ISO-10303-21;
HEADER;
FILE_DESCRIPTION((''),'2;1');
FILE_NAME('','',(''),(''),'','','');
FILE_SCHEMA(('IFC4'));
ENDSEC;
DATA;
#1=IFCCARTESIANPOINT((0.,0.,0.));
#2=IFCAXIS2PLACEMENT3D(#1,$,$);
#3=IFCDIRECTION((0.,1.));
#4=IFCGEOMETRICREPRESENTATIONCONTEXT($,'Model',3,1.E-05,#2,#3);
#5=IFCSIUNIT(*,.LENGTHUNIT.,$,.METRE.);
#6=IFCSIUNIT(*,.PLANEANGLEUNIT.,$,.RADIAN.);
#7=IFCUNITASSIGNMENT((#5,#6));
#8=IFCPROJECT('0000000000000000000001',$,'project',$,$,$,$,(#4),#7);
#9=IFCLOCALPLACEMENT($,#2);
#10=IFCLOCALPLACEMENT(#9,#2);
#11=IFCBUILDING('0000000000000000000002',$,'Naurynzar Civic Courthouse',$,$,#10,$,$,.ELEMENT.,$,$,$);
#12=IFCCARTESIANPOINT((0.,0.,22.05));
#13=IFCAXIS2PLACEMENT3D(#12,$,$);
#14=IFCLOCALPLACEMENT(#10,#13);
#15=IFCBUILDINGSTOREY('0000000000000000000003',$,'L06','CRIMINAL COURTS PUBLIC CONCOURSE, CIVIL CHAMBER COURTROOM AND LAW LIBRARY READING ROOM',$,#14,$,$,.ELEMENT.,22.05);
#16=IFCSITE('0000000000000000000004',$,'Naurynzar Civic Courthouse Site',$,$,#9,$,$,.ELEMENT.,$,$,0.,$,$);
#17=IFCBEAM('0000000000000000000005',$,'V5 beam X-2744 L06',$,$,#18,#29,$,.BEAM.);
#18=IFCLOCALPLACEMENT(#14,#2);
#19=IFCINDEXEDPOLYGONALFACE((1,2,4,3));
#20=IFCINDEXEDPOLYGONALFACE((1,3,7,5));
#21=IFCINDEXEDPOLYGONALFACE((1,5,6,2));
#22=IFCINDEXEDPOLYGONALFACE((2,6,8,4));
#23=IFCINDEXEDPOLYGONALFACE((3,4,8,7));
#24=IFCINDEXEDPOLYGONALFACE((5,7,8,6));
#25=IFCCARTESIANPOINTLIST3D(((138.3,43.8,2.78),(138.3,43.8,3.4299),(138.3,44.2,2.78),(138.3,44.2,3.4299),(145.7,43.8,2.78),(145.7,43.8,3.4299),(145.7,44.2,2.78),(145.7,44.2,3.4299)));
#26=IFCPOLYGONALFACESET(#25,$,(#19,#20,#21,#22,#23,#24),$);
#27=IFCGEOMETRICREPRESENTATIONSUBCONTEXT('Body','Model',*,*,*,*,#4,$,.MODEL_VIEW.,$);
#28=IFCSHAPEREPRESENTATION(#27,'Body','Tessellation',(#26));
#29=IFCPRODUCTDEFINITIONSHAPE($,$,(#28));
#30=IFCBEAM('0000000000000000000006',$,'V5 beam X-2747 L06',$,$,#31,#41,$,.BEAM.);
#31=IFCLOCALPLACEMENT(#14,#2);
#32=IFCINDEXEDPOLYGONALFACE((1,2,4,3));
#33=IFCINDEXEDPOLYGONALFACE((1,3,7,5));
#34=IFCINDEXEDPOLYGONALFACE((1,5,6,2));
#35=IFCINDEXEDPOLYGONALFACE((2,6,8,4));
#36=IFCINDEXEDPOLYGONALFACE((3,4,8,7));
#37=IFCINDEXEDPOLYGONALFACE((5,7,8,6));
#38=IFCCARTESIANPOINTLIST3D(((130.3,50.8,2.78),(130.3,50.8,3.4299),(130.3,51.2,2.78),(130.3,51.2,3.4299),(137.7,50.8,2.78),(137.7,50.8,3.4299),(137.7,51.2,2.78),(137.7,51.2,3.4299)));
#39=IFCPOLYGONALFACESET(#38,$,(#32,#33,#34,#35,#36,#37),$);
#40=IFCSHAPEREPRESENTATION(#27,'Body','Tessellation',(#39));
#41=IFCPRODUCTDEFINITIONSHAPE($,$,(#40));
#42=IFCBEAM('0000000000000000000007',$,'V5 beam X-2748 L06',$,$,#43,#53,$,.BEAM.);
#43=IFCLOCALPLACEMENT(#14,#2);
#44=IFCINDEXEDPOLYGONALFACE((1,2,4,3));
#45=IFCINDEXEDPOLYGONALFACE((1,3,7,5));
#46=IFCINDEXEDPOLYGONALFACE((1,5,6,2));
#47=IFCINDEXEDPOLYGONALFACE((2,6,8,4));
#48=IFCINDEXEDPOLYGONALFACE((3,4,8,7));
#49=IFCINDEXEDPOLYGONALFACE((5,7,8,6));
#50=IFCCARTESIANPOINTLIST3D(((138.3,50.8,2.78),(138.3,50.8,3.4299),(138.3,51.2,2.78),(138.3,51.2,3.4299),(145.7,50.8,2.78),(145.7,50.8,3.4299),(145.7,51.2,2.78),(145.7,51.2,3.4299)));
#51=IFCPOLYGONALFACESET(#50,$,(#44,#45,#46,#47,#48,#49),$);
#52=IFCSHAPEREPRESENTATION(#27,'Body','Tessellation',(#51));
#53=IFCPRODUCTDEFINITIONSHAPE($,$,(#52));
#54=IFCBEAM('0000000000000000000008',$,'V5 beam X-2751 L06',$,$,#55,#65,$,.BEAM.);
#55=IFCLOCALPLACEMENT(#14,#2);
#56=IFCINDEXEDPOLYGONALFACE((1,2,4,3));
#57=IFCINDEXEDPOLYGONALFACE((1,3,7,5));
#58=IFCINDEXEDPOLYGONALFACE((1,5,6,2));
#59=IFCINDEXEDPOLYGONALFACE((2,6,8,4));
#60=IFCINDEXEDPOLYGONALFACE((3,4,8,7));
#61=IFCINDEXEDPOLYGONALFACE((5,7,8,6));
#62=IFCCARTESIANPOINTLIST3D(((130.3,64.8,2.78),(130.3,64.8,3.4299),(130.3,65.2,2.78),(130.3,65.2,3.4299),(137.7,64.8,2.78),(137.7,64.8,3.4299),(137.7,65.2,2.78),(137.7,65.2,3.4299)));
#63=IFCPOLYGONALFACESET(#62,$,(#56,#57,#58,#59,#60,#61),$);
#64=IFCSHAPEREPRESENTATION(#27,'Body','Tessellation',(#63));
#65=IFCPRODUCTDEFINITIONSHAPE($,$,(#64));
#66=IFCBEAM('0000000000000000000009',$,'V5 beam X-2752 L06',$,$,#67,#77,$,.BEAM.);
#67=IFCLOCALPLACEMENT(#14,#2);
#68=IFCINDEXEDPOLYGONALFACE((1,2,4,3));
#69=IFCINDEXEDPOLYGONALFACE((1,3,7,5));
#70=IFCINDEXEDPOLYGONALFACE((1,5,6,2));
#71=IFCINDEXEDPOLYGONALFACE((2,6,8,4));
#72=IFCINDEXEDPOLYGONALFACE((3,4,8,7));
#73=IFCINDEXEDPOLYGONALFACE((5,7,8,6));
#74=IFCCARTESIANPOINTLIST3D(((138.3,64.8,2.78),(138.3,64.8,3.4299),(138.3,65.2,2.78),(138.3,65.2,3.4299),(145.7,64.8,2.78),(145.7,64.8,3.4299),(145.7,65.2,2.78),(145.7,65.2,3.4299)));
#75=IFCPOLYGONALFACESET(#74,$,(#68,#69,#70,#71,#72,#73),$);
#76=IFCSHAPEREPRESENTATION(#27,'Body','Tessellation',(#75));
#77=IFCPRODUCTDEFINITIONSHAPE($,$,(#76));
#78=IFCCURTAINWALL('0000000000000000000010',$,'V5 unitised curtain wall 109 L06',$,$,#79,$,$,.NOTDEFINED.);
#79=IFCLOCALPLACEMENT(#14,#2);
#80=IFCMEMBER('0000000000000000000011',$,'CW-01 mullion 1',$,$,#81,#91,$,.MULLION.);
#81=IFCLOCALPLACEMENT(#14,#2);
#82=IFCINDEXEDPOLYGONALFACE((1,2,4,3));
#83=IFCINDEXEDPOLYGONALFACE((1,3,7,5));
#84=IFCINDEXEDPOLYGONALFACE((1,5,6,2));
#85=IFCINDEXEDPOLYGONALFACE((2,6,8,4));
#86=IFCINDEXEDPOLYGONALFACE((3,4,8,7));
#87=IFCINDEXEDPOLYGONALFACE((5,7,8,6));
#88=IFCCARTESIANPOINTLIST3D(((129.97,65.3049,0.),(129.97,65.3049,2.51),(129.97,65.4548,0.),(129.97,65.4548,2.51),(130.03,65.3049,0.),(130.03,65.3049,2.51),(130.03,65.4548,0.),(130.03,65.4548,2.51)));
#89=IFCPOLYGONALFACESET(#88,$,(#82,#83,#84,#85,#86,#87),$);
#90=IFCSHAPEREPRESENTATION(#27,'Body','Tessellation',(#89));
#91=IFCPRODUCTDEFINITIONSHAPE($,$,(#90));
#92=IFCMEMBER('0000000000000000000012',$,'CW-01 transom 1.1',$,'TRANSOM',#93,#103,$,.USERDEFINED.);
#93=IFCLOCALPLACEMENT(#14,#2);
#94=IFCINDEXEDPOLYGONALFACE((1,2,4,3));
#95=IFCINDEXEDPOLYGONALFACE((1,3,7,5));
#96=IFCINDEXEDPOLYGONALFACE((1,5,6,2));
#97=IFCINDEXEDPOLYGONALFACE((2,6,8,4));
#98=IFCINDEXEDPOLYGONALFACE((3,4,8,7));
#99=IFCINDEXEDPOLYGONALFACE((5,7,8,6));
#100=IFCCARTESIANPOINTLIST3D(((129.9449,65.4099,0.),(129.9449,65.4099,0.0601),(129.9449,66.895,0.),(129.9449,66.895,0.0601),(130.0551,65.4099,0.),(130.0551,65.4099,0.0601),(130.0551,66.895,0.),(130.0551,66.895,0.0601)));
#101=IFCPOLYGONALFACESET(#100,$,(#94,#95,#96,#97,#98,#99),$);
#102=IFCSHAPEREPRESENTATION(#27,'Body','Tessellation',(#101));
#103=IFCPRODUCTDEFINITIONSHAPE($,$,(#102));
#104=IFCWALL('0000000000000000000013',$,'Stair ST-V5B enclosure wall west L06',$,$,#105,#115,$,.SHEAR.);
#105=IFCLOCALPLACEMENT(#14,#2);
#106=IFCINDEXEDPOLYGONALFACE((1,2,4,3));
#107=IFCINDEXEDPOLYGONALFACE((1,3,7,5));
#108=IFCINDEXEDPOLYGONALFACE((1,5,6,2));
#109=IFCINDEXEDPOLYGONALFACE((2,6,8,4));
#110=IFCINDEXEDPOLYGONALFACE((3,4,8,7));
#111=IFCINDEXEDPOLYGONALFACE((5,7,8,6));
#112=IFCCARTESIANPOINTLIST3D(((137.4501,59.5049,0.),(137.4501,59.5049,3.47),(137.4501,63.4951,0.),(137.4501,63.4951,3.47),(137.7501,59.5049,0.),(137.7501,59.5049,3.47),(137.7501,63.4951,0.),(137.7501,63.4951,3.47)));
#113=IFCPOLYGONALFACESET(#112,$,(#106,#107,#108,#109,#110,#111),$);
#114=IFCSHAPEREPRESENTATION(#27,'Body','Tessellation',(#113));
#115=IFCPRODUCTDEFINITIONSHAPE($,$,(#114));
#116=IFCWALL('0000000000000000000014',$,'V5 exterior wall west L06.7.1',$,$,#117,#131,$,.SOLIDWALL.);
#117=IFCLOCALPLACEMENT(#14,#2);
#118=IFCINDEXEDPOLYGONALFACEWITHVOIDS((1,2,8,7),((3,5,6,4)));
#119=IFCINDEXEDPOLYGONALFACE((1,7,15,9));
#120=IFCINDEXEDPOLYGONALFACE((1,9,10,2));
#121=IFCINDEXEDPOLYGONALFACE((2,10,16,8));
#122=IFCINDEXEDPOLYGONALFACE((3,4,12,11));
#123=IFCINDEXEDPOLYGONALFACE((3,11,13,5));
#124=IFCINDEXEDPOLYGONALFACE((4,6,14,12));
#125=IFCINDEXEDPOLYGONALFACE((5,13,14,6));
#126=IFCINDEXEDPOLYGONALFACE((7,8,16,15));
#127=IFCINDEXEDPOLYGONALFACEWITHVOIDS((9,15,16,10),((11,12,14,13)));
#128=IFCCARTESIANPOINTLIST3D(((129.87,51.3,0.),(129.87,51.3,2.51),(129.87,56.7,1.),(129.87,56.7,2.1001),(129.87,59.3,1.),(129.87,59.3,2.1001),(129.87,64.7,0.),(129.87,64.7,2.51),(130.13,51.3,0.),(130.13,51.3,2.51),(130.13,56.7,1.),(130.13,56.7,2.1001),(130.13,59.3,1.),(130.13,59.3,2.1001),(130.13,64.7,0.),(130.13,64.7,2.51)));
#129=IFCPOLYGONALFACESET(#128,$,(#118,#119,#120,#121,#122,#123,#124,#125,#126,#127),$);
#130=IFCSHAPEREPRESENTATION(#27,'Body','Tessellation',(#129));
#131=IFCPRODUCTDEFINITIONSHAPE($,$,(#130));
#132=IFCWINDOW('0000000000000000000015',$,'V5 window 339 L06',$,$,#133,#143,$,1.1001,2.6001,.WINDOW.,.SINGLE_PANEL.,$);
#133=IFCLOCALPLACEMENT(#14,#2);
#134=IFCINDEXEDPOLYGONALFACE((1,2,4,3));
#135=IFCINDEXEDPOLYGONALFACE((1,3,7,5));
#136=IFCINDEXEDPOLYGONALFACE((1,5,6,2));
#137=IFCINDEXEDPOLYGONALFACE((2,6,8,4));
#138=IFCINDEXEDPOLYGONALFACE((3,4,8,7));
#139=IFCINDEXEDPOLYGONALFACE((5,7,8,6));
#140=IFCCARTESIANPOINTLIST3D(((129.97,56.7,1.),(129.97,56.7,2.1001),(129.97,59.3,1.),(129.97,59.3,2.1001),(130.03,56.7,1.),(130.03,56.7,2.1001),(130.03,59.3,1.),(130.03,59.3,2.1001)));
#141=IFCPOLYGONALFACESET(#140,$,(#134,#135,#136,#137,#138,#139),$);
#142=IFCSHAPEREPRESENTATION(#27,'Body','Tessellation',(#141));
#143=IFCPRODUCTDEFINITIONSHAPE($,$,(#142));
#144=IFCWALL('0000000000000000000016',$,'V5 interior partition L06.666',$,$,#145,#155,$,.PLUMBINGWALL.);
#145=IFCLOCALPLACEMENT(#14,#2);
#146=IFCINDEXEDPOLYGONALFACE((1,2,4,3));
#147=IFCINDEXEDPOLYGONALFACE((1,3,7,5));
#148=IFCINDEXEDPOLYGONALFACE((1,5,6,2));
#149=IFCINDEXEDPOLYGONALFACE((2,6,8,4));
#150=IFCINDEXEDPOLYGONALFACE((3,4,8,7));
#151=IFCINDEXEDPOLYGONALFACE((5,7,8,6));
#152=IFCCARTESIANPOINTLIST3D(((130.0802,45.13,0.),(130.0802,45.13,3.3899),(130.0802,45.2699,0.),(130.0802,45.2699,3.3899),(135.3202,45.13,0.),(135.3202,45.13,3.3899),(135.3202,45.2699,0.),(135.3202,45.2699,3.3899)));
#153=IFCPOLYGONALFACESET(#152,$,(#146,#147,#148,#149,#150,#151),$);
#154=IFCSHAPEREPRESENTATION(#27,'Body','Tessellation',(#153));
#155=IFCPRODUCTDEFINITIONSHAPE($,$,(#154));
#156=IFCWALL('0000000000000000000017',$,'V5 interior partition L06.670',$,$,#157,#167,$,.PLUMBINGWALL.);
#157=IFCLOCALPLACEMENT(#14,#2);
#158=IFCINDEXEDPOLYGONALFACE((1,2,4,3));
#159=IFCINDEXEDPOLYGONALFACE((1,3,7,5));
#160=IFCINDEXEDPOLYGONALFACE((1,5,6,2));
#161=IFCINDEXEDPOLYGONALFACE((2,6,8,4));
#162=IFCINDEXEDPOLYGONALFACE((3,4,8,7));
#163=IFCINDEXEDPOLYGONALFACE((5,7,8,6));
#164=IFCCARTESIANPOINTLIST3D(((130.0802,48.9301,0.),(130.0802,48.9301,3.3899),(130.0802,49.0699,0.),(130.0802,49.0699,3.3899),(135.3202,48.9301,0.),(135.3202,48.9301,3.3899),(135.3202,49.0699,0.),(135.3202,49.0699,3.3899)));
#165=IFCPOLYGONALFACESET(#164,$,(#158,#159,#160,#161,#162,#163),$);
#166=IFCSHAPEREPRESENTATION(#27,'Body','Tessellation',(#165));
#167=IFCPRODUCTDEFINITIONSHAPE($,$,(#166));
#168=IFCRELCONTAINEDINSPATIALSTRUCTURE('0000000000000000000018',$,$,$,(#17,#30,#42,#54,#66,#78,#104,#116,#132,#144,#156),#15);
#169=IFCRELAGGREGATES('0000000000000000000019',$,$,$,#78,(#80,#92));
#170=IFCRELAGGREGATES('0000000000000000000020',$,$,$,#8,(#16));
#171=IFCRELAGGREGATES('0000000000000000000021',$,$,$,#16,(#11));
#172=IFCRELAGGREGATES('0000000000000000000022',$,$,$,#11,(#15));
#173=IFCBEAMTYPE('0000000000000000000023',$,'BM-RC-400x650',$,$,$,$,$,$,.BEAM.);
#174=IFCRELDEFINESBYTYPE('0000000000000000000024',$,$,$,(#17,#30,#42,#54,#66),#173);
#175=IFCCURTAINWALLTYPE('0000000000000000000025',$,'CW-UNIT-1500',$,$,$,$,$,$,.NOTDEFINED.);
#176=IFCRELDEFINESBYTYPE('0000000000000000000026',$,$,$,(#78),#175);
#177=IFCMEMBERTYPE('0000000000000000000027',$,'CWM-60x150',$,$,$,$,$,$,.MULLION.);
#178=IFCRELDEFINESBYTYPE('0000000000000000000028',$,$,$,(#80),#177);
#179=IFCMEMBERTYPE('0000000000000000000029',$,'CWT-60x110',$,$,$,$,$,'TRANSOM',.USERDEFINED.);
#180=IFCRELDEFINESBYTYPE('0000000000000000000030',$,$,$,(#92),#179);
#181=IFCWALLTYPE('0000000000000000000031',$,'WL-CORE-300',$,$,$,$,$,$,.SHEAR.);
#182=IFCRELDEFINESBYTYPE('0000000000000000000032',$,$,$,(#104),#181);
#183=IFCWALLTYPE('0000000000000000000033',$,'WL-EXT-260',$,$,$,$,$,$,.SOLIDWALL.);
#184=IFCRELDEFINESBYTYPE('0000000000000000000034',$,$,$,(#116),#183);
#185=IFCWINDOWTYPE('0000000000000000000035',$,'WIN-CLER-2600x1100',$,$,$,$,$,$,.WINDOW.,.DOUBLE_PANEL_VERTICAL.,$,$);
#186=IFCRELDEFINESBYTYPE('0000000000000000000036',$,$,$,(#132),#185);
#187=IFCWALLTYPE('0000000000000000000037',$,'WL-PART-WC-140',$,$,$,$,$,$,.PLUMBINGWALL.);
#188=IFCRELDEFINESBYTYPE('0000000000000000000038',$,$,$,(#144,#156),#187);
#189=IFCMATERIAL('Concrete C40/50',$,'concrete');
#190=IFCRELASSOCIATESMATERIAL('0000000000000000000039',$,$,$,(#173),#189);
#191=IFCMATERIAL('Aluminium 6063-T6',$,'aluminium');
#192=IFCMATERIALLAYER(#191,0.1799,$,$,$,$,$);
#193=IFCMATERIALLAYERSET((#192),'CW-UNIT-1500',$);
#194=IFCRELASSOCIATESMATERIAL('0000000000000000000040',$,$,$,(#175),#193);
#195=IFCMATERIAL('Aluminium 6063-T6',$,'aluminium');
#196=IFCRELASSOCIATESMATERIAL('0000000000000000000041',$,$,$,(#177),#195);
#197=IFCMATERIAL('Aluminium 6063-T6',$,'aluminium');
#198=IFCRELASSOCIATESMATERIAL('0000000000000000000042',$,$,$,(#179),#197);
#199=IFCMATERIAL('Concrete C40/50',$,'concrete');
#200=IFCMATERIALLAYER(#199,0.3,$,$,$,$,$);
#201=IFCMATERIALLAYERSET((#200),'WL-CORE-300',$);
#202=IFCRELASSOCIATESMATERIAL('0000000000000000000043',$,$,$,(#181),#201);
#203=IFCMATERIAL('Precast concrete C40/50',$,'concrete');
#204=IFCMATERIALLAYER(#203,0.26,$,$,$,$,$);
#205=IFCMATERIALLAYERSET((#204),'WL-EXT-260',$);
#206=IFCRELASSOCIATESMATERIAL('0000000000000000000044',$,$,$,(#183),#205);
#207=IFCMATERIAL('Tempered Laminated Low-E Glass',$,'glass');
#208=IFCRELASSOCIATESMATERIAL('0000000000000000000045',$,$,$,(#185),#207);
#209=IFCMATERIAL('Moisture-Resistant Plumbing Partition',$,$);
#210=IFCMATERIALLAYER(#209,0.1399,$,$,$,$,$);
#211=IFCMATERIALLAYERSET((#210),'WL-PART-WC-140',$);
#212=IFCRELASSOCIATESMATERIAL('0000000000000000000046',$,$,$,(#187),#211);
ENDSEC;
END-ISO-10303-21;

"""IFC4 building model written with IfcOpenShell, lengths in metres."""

from ifc_helpers import new_model, si_unit, direction, frame, frame_2d, origin, origin_2d, place, context, subcontext, project, spatial, rectangle, extrude, material, layer, layer_set, material_profile, profile_set, type_object, element, fill, aggregate, save


model = new_model("IFC4")

# Units and contexts
model_context = context("Model", 3, precision=1e-05, world=origin(), true_north=direction((0.0, 1.0)))
body_context = subcontext(model_context, "Body", "Model", "MODEL_VIEW")
ifc_project = project(units=[si_unit("LENGTHUNIT", "METRE"), si_unit("PLANEANGLEUNIT", "RADIAN")], contexts=[model_context])

# Site, building, storey
site_placement = place(None, origin())
site = spatial("IfcSite", under=ifc_project, at=site_placement, Name="Naurynzar Civic Courthouse Site", CompositionType="ELEMENT", RefElevation=0.0)
building_placement = place(site_placement, origin())
building = spatial("IfcBuilding", under=site, at=building_placement, Name="Naurynzar Civic Courthouse", CompositionType="ELEMENT")
storey_placement = place(building_placement, frame((0.0, 0.0, 22.05)))
storey = spatial("IfcBuildingStorey", under=building, at=storey_placement, Name="L06", Description="CRIMINAL COURTS PUBLIC CONCOURSE, CIVIL CHAMBER COURTROOM AND LAW LIBRARY READING ROOM", CompositionType="ELEMENT", Elevation=22.05)

# Beams
ifc_material_1 = material(Name="Concrete C40/50", Category="concrete")
ifc_material_profile_1 = material_profile(ifc_material_1, rectangle(XDim=0.3999, YDim=0.6499, at=origin_2d()), Name="RCB 400x650")
ifc_profile_set_1 = profile_set([ifc_material_profile_1], Name="Concrete C40/50")
beam_type_1 = type_object("IfcBeamType", Name="BM-RC-400x650", PredefinedType="BEAM", material=ifc_profile_set_1)
for number, where, z_axis, x_axis, name in (
    (1, (138.3, 44.0, 3.105), (1.0, 0.0, 0.0), (0.0, 1.0, 0.0), "V5 beam X-2744 L06"),
    (2, (130.3, 51.0, 3.105), (1.0, 0.0, 0.0), (0.0, 1.0, 0.0), "V5 beam X-2747 L06"),
    (3, (138.3, 51.0, 3.105), (1.0, 0.0, 0.0), (0.0, 1.0, 0.0), "V5 beam X-2748 L06"),
    (4, (130.3, 65.0, 3.105), (1.0, 0.0, 0.0), (0.0, 1.0, 0.0), "V5 beam X-2751 L06"),
    (5, (138.3, 65.0, 3.105), (1.0, 0.0, 0.0), (0.0, 1.0, 0.0), "V5 beam X-2752 L06"),
):
    element("IfcBeam", number, at=place(storey_placement, frame(where, z_axis=z_axis, x_axis=x_axis)), inside=storey, type_object=beam_type_1, Name=name, PredefinedType="BEAM", context=body_context, shape_type="SweptSolid", body=[
        extrude(rectangle(XDim=0.3999, YDim=0.6499, at=origin_2d()), origin(), (0.0, 0.0, 1.0), 7.3999),
    ])

# Curtain wall, members
ifc_material_2 = material(Name="Aluminium 6063-T6", Category="aluminium")
ifc_layer_1 = layer(ifc_material_2, 0.1799)
ifc_layer_set_1 = layer_set([ifc_layer_1], Name="CW-UNIT-1500")
curtain_wall_type = type_object("IfcCurtainWallType", Name="CW-UNIT-1500", PredefinedType="NOTDEFINED", material=ifc_layer_set_1)
curtain_wall_placement = place(storey_placement, origin())
curtain_wall = element("IfcCurtainWall", 6, at=curtain_wall_placement, inside=storey, type_object=curtain_wall_type, Name="V5 unitised curtain wall 109 L06", PredefinedType="NOTDEFINED")
ifc_material_3 = material(Name="Aluminium 6063-T6", Category="aluminium")
ifc_material_profile_2 = material_profile(ifc_material_3, rectangle(XDim=0.0601, YDim=0.1499, at=origin_2d()), Name="ALU MULLION 60x150")
ifc_profile_set_2 = profile_set([ifc_material_profile_2], Name="Aluminium 6063-T6")
member_type_1 = type_object("IfcMemberType", Name="CWM-60x150", PredefinedType="MULLION", material=ifc_profile_set_2)
member_1_placement = place(storey_placement, frame((130.0, 65.3799, 0.0), z_axis=(0.0, 0.0, 1.0), x_axis=(-1.0, 0.0, 0.0)))
member_1 = element("IfcMember", 7, at=member_1_placement, type_object=member_type_1, Name="CW-01 mullion 1", PredefinedType="MULLION", context=body_context, shape_type="SweptSolid", body=[
    extrude(rectangle(XDim=0.0601, YDim=0.1499, at=origin_2d()), origin(), (0.0, 0.0, 1.0), 2.51),
])
ifc_material_4 = material(Name="Aluminium 6063-T6", Category="aluminium")
ifc_material_profile_3 = material_profile(ifc_material_4, rectangle(XDim=0.1101, YDim=0.0601, at=origin_2d()), Name="ALU TRANSOM 60x110")
ifc_profile_set_3 = profile_set([ifc_material_profile_3], Name="Aluminium 6063-T6")
member_type_2 = type_object("IfcMemberType", Name="CWT-60x110", ElementType="TRANSOM", PredefinedType="USERDEFINED", material=ifc_profile_set_3)
member_2_placement = place(storey_placement, frame((130.0, 65.4099, 0.03), z_axis=(0.0, 1.0, 0.0), x_axis=(-1.0, 0.0, 0.0)))
member_2 = element("IfcMember", 8, at=member_2_placement, type_object=member_type_2, Name="CW-01 transom 1.1", ObjectType="TRANSOM", PredefinedType="USERDEFINED", context=body_context, shape_type="SweptSolid", body=[
    extrude(rectangle(XDim=0.1101, YDim=0.0601, at=origin_2d()), origin(), (0.0, 0.0, 1.0), 1.4851),
])
aggregate(curtain_wall, [member_1, member_2])

# Shared definitions
ifc_material_5 = material(Name="Concrete C40/50", Category="concrete")
ifc_layer_2 = layer(ifc_material_5, 0.3)
ifc_layer_set_2 = layer_set([ifc_layer_2], Name="WL-CORE-300")
wall_type_1 = type_object("IfcWallType", Name="WL-CORE-300", PredefinedType="SHEAR", material=ifc_layer_set_2)

# Wall
wall_1_placement = place(storey_placement, frame((137.6001, 63.4951, 0.0), z_axis=(0.0, 0.0, 1.0), x_axis=(0.0, -1.0, 0.0)))
element("IfcWall", 9, at=wall_1_placement, inside=storey, type_object=wall_type_1, Name="Stair ST-V5B enclosure wall west L06", PredefinedType="SHEAR", context=body_context, shape_type="SweptSolid", body=[
    extrude(rectangle(XDim=3.9902, YDim=0.3, at=frame_2d((1.9951, 0.0))), origin(), (0.0, 0.0, 1.0), 3.47),
])

# Wall, opening, window
ifc_material_6 = material(Name="Precast concrete C40/50", Category="concrete")
ifc_layer_3 = layer(ifc_material_6, 0.26)
ifc_layer_set_3 = layer_set([ifc_layer_3], Name="WL-EXT-260")
wall_type_2 = type_object("IfcWallType", Name="WL-EXT-260", PredefinedType="SOLIDWALL", material=ifc_layer_set_3)
wall_2_placement = place(storey_placement, frame((130.0, 51.3, 0.0), z_axis=(0.0, 0.0, 1.0), x_axis=(0.0, 1.0, 0.0)))
wall_2 = element("IfcWall", 10, at=wall_2_placement, inside=storey, type_object=wall_type_2, Name="V5 exterior wall west L06.7.1", PredefinedType="SOLIDWALL", context=body_context, shape_type="SweptSolid", body=[
    extrude(rectangle(XDim=13.3999, YDim=0.26, at=frame_2d((6.7, 0.0))), origin(), (0.0, 0.0, 1.0), 2.51),
])
opening_1_placement = place(wall_2_placement, frame((5.3999, 0.0, 1.0)))
opening_1 = element("IfcOpeningElement", 11, at=opening_1_placement, cuts=wall_2, PredefinedType="OPENING", context=body_context, shape_type="SweptSolid", body=[
    extrude(rectangle(XDim=2.6001, YDim=1.1001, at=frame_2d((1.3, 0.55))), frame((0.0, 0.1399, 0.0), z_axis=(0.0, -1.0, 0.0), x_axis=(1.0, 0.0, 0.0)), (0.0, 0.0, 1.0), 0.28),
])
ifc_material_7 = material(Name="Tempered Laminated Low-E Glass", Category="glass")
window_type = type_object("IfcWindowType", Name="WIN-CLER-2600x1100", PartitioningType="DOUBLE_PANEL_VERTICAL", PredefinedType="WINDOW", material=ifc_material_7)
window_placement = place(opening_1_placement, origin())
window = element("IfcWindow", 12, at=window_placement, inside=storey, type_object=window_type, Name="V5 window 339 L06", OverallHeight=1.1001, OverallWidth=2.6001, PartitioningType="SINGLE_PANEL", PredefinedType="WINDOW", context=body_context, shape_type="SweptSolid", body=[
    extrude(rectangle(XDim=2.6001, YDim=1.1001, at=frame_2d((1.3, 0.55))), frame((0.0, 0.03, 0.0), z_axis=(0.0, -1.0, 0.0), x_axis=(1.0, 0.0, 0.0)), (0.0, 0.0, 1.0), 0.0601),
])
fill(opening_1, window)

# Walls
ifc_material_8 = material(Name="Moisture-Resistant Plumbing Partition")
ifc_layer_4 = layer(ifc_material_8, 0.1399)
ifc_layer_set_4 = layer_set([ifc_layer_4], Name="WL-PART-WC-140")
wall_type_3 = type_object("IfcWallType", Name="WL-PART-WC-140", PredefinedType="PLUMBINGWALL", material=ifc_layer_set_4)
for number, where, z_axis, x_axis, name in (
    (13, (130.0801, 45.2, 0.0), (0.0, 0.0, 1.0), (1.0, 0.0, 0.0), "V5 interior partition L06.666"),
    (14, (130.0801, 49.0, 0.0), (0.0, 0.0, 1.0), (1.0, 0.0, 0.0), "V5 interior partition L06.670"),
):
    element("IfcWall", number, at=place(storey_placement, frame(where, z_axis=z_axis, x_axis=x_axis)), inside=storey, type_object=wall_type_3, Name=name, PredefinedType="PLUMBINGWALL", context=body_context, shape_type="SweptSolid", body=[
        extrude(rectangle(XDim=5.24, YDim=0.1399, at=frame_2d((2.6201, 0.0))), origin(), (0.0, 0.0, 1.0), 3.3899),
    ])

save(model, "model.ifc")
